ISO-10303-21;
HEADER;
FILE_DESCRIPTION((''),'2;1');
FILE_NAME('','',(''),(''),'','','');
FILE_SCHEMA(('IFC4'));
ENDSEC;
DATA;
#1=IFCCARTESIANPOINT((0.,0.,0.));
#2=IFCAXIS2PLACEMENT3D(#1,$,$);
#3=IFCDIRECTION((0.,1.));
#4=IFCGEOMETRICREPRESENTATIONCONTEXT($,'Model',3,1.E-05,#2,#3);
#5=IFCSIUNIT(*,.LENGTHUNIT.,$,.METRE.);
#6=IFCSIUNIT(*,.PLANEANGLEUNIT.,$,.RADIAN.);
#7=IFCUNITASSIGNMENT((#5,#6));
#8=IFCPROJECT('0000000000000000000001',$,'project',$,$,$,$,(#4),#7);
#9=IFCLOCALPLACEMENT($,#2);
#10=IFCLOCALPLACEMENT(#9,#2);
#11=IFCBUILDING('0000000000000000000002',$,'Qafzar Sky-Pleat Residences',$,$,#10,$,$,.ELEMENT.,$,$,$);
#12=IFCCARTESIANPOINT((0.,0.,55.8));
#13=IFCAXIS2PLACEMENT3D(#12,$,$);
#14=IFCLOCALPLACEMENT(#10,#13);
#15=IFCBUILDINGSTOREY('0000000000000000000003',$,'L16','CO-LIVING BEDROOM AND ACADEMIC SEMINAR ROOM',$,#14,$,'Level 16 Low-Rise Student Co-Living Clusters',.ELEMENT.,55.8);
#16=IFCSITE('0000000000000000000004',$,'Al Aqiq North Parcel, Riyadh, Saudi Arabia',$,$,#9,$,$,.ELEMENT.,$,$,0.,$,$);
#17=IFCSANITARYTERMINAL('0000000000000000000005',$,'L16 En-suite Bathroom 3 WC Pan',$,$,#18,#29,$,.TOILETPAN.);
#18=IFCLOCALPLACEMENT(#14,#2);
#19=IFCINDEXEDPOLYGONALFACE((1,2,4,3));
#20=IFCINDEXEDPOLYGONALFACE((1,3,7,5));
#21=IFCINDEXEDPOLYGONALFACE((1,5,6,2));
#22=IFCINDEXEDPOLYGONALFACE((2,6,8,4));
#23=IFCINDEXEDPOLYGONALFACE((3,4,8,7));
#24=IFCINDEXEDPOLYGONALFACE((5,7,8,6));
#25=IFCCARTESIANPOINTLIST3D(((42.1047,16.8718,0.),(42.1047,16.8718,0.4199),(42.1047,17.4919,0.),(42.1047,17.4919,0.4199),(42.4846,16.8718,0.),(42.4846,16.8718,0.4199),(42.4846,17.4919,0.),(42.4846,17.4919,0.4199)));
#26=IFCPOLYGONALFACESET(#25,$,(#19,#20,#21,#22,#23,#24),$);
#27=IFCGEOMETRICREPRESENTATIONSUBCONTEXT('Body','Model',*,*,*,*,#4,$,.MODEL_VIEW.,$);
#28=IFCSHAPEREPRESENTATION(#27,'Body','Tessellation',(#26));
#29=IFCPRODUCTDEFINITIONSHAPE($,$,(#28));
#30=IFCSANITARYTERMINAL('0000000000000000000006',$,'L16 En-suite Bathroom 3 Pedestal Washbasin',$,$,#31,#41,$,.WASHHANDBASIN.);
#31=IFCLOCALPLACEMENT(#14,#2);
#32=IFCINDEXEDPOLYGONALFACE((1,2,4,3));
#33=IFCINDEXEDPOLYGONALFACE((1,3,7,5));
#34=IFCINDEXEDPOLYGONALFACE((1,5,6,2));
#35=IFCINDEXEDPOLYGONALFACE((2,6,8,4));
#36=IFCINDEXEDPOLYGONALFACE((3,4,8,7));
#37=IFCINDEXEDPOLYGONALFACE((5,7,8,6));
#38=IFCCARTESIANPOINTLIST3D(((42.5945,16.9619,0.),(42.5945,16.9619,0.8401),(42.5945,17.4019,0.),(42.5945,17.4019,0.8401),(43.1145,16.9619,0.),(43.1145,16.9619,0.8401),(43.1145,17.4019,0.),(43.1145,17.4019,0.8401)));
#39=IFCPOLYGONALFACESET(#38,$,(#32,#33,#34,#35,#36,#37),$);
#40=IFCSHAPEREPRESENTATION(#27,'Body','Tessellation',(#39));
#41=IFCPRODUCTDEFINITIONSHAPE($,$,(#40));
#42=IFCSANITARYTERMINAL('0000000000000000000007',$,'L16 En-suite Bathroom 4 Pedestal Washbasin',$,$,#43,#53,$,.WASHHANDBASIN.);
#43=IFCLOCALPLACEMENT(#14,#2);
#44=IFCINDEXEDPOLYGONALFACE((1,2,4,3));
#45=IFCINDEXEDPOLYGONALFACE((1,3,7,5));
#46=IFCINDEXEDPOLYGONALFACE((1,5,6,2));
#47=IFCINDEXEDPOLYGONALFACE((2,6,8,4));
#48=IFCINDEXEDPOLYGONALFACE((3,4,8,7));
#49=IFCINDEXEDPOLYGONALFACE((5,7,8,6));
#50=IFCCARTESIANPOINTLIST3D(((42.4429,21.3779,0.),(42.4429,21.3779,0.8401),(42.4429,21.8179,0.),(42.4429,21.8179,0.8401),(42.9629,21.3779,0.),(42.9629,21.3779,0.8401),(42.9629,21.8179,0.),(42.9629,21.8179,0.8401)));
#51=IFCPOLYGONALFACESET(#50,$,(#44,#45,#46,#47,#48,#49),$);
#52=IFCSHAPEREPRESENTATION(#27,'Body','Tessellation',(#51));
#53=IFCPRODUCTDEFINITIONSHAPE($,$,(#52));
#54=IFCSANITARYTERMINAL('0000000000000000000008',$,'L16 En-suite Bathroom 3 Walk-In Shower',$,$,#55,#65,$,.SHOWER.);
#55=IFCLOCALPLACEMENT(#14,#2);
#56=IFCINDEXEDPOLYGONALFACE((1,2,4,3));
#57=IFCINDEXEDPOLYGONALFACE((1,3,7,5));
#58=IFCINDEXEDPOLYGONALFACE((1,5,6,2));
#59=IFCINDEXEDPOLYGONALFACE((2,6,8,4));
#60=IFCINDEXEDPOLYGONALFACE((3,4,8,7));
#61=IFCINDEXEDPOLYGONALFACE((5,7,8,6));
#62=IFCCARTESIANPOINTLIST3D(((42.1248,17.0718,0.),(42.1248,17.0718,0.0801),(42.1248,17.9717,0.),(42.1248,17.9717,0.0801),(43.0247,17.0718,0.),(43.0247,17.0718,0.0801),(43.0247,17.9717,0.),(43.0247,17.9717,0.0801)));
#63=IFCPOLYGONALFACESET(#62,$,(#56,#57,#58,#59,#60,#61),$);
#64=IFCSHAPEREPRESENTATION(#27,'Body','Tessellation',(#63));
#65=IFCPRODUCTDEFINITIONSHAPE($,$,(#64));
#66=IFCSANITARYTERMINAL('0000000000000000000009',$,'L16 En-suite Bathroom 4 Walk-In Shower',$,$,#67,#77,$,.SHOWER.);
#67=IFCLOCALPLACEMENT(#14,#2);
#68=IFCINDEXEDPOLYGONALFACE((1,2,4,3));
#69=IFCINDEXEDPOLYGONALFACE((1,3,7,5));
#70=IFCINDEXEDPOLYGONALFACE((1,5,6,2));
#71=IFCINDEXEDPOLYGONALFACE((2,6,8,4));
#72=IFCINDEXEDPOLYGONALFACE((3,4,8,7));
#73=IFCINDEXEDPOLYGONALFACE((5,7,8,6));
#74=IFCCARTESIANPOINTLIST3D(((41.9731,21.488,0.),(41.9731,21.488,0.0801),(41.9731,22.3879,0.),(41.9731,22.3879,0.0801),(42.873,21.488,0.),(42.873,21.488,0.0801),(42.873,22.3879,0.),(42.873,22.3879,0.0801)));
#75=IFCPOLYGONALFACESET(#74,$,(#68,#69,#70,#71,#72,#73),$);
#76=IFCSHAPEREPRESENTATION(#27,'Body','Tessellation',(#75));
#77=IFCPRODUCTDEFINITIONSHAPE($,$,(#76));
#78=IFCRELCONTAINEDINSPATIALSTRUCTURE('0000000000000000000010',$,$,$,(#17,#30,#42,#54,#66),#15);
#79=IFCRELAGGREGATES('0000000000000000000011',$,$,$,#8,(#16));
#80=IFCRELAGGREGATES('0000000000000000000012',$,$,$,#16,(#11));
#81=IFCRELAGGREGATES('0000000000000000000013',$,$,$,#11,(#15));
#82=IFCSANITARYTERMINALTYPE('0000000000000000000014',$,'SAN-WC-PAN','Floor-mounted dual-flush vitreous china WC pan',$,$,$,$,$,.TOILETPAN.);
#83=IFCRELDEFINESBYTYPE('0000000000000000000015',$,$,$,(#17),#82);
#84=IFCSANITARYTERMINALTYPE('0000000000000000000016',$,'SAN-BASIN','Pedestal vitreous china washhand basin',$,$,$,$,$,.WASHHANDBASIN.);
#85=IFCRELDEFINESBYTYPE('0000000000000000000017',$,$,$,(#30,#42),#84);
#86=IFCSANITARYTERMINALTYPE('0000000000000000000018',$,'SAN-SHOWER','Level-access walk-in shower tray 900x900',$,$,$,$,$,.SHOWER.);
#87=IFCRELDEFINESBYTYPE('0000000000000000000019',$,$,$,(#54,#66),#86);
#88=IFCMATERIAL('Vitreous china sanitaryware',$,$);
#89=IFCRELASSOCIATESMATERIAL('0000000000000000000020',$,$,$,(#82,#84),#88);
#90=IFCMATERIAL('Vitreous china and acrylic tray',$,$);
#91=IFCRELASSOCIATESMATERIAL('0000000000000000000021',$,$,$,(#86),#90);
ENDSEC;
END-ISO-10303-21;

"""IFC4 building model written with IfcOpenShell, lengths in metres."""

from ifc_helpers import new_model, si_unit, direction, frame, origin, origin_2d, place, context, subcontext, project, spatial, rectangle, extrude, source, transform, mapped, material, type_object, element, save


model = new_model("IFC4")

# Units and contexts
model_context = context("Model", 3, precision=1e-05, world=origin(), true_north=direction((0.0, 1.0)))
body_context = subcontext(model_context, "Body", "Model", "MODEL_VIEW")
ifc_project = project(units=[si_unit("LENGTHUNIT", "METRE"), si_unit("PLANEANGLEUNIT", "RADIAN")], contexts=[model_context])

# Site, building, storey
site_placement = place(None, origin())
site = spatial("IfcSite", under=ifc_project, at=site_placement, Name="Al Aqiq North Parcel, Riyadh, Saudi Arabia", CompositionType="ELEMENT", RefElevation=0.0)
building_placement = place(site_placement, origin())
building = spatial("IfcBuilding", under=site, at=building_placement, Name="Qafzar Sky-Pleat Residences", CompositionType="ELEMENT")
storey_placement = place(building_placement, frame((0.0, 0.0, 55.8)))
storey = spatial("IfcBuildingStorey", under=building, at=storey_placement, Name="L16", Description="CO-LIVING BEDROOM AND ACADEMIC SEMINAR ROOM", LongName="Level 16 Low-Rise Student Co-Living Clusters", CompositionType="ELEMENT", Elevation=55.8)

# Sanitary terminals
ifc_material_1 = material(Name="Vitreous china sanitaryware")
sanitary_terminal_type_1 = type_object("IfcSanitaryTerminalType", Name="SAN-WC-PAN", Description="Floor-mounted dual-flush vitreous china WC pan", PredefinedType="TOILETPAN", material=ifc_material_1)
shared_shape_1 = source(origin(), body_context, "Body", "SweptSolid", [
    extrude(rectangle(XDim=0.3799, YDim=0.6201, at=origin_2d()), origin(), (0.0, 0.0, 1.0), 0.4199),
])
sanitary_terminal_placement = place(storey_placement, frame((42.2947, 17.1819, 0.0), z_axis=(0.0, 0.0, 1.0), x_axis=(1.0, 0.0, 0.0)))
element("IfcSanitaryTerminal", 1, at=sanitary_terminal_placement, inside=storey, type_object=sanitary_terminal_type_1, Name="L16 En-suite Bathroom 3 WC Pan", PredefinedType="TOILETPAN", context=body_context, shape_type="MappedRepresentation", body=[
    mapped(shared_shape_1, transform((0.0, 0.0, 0.0), x_axis=(1.0, 0.0, 0.0), y_axis=(0.0, 1.0, 0.0), z_axis=(0.0, 0.0, 1.0), scale=1.0)),
])
sanitary_terminal_type_2 = type_object("IfcSanitaryTerminalType", Name="SAN-BASIN", Description="Pedestal vitreous china washhand basin", PredefinedType="WASHHANDBASIN", material=ifc_material_1)
shared_shape_2 = source(origin(), body_context, "Body", "SweptSolid", [
    extrude(rectangle(XDim=0.52, YDim=0.4399, at=origin_2d()), origin(), (0.0, 0.0, 1.0), 0.8401),
])
for number, where, z_axis, x_axis, name in (
    (2, (42.8545, 17.1819, 0.0), (0.0, 0.0, 1.0), (1.0, 0.0, 0.0), "L16 En-suite Bathroom 3 Pedestal Washbasin"),
    (3, (42.7029, 21.5979, 0.0), (0.0, 0.0, 1.0), (1.0, 0.0, 0.0), "L16 En-suite Bathroom 4 Pedestal Washbasin"),
):
    element("IfcSanitaryTerminal", number, at=place(storey_placement, frame(where, z_axis=z_axis, x_axis=x_axis)), inside=storey, type_object=sanitary_terminal_type_2, Name=name, PredefinedType="WASHHANDBASIN", context=body_context, shape_type="MappedRepresentation", body=[
        mapped(shared_shape_2, transform((0.0, 0.0, 0.0), x_axis=(1.0, 0.0, 0.0), y_axis=(0.0, 1.0, 0.0), z_axis=(0.0, 0.0, 1.0), scale=1.0)),
    ])
ifc_material_2 = material(Name="Vitreous china and acrylic tray")
sanitary_terminal_type_3 = type_object("IfcSanitaryTerminalType", Name="SAN-SHOWER", Description="Level-access walk-in shower tray 900x900", PredefinedType="SHOWER", material=ifc_material_2)
shared_shape_3 = source(origin(), body_context, "Body", "SweptSolid", [
    extrude(rectangle(XDim=0.8999, YDim=0.8999, at=origin_2d()), origin(), (0.0, 0.0, 1.0), 0.0801),
])
for number, where, z_axis, x_axis, name in (
    (4, (42.5747, 17.5217, 0.0), (0.0, 0.0, 1.0), (1.0, 0.0, 0.0), "L16 En-suite Bathroom 3 Walk-In Shower"),
    (5, (42.4231, 21.938, 0.0), (0.0, 0.0, 1.0), (1.0, 0.0, 0.0), "L16 En-suite Bathroom 4 Walk-In Shower"),
):
    element("IfcSanitaryTerminal", number, at=place(storey_placement, frame(where, z_axis=z_axis, x_axis=x_axis)), inside=storey, type_object=sanitary_terminal_type_3, Name=name, PredefinedType="SHOWER", context=body_context, shape_type="MappedRepresentation", body=[
        mapped(shared_shape_3, transform((0.0, 0.0, 0.0), x_axis=(1.0, 0.0, 0.0), y_axis=(0.0, 1.0, 0.0), z_axis=(0.0, 0.0, 1.0), scale=1.0)),
    ])

save(model, "model.ifc")
